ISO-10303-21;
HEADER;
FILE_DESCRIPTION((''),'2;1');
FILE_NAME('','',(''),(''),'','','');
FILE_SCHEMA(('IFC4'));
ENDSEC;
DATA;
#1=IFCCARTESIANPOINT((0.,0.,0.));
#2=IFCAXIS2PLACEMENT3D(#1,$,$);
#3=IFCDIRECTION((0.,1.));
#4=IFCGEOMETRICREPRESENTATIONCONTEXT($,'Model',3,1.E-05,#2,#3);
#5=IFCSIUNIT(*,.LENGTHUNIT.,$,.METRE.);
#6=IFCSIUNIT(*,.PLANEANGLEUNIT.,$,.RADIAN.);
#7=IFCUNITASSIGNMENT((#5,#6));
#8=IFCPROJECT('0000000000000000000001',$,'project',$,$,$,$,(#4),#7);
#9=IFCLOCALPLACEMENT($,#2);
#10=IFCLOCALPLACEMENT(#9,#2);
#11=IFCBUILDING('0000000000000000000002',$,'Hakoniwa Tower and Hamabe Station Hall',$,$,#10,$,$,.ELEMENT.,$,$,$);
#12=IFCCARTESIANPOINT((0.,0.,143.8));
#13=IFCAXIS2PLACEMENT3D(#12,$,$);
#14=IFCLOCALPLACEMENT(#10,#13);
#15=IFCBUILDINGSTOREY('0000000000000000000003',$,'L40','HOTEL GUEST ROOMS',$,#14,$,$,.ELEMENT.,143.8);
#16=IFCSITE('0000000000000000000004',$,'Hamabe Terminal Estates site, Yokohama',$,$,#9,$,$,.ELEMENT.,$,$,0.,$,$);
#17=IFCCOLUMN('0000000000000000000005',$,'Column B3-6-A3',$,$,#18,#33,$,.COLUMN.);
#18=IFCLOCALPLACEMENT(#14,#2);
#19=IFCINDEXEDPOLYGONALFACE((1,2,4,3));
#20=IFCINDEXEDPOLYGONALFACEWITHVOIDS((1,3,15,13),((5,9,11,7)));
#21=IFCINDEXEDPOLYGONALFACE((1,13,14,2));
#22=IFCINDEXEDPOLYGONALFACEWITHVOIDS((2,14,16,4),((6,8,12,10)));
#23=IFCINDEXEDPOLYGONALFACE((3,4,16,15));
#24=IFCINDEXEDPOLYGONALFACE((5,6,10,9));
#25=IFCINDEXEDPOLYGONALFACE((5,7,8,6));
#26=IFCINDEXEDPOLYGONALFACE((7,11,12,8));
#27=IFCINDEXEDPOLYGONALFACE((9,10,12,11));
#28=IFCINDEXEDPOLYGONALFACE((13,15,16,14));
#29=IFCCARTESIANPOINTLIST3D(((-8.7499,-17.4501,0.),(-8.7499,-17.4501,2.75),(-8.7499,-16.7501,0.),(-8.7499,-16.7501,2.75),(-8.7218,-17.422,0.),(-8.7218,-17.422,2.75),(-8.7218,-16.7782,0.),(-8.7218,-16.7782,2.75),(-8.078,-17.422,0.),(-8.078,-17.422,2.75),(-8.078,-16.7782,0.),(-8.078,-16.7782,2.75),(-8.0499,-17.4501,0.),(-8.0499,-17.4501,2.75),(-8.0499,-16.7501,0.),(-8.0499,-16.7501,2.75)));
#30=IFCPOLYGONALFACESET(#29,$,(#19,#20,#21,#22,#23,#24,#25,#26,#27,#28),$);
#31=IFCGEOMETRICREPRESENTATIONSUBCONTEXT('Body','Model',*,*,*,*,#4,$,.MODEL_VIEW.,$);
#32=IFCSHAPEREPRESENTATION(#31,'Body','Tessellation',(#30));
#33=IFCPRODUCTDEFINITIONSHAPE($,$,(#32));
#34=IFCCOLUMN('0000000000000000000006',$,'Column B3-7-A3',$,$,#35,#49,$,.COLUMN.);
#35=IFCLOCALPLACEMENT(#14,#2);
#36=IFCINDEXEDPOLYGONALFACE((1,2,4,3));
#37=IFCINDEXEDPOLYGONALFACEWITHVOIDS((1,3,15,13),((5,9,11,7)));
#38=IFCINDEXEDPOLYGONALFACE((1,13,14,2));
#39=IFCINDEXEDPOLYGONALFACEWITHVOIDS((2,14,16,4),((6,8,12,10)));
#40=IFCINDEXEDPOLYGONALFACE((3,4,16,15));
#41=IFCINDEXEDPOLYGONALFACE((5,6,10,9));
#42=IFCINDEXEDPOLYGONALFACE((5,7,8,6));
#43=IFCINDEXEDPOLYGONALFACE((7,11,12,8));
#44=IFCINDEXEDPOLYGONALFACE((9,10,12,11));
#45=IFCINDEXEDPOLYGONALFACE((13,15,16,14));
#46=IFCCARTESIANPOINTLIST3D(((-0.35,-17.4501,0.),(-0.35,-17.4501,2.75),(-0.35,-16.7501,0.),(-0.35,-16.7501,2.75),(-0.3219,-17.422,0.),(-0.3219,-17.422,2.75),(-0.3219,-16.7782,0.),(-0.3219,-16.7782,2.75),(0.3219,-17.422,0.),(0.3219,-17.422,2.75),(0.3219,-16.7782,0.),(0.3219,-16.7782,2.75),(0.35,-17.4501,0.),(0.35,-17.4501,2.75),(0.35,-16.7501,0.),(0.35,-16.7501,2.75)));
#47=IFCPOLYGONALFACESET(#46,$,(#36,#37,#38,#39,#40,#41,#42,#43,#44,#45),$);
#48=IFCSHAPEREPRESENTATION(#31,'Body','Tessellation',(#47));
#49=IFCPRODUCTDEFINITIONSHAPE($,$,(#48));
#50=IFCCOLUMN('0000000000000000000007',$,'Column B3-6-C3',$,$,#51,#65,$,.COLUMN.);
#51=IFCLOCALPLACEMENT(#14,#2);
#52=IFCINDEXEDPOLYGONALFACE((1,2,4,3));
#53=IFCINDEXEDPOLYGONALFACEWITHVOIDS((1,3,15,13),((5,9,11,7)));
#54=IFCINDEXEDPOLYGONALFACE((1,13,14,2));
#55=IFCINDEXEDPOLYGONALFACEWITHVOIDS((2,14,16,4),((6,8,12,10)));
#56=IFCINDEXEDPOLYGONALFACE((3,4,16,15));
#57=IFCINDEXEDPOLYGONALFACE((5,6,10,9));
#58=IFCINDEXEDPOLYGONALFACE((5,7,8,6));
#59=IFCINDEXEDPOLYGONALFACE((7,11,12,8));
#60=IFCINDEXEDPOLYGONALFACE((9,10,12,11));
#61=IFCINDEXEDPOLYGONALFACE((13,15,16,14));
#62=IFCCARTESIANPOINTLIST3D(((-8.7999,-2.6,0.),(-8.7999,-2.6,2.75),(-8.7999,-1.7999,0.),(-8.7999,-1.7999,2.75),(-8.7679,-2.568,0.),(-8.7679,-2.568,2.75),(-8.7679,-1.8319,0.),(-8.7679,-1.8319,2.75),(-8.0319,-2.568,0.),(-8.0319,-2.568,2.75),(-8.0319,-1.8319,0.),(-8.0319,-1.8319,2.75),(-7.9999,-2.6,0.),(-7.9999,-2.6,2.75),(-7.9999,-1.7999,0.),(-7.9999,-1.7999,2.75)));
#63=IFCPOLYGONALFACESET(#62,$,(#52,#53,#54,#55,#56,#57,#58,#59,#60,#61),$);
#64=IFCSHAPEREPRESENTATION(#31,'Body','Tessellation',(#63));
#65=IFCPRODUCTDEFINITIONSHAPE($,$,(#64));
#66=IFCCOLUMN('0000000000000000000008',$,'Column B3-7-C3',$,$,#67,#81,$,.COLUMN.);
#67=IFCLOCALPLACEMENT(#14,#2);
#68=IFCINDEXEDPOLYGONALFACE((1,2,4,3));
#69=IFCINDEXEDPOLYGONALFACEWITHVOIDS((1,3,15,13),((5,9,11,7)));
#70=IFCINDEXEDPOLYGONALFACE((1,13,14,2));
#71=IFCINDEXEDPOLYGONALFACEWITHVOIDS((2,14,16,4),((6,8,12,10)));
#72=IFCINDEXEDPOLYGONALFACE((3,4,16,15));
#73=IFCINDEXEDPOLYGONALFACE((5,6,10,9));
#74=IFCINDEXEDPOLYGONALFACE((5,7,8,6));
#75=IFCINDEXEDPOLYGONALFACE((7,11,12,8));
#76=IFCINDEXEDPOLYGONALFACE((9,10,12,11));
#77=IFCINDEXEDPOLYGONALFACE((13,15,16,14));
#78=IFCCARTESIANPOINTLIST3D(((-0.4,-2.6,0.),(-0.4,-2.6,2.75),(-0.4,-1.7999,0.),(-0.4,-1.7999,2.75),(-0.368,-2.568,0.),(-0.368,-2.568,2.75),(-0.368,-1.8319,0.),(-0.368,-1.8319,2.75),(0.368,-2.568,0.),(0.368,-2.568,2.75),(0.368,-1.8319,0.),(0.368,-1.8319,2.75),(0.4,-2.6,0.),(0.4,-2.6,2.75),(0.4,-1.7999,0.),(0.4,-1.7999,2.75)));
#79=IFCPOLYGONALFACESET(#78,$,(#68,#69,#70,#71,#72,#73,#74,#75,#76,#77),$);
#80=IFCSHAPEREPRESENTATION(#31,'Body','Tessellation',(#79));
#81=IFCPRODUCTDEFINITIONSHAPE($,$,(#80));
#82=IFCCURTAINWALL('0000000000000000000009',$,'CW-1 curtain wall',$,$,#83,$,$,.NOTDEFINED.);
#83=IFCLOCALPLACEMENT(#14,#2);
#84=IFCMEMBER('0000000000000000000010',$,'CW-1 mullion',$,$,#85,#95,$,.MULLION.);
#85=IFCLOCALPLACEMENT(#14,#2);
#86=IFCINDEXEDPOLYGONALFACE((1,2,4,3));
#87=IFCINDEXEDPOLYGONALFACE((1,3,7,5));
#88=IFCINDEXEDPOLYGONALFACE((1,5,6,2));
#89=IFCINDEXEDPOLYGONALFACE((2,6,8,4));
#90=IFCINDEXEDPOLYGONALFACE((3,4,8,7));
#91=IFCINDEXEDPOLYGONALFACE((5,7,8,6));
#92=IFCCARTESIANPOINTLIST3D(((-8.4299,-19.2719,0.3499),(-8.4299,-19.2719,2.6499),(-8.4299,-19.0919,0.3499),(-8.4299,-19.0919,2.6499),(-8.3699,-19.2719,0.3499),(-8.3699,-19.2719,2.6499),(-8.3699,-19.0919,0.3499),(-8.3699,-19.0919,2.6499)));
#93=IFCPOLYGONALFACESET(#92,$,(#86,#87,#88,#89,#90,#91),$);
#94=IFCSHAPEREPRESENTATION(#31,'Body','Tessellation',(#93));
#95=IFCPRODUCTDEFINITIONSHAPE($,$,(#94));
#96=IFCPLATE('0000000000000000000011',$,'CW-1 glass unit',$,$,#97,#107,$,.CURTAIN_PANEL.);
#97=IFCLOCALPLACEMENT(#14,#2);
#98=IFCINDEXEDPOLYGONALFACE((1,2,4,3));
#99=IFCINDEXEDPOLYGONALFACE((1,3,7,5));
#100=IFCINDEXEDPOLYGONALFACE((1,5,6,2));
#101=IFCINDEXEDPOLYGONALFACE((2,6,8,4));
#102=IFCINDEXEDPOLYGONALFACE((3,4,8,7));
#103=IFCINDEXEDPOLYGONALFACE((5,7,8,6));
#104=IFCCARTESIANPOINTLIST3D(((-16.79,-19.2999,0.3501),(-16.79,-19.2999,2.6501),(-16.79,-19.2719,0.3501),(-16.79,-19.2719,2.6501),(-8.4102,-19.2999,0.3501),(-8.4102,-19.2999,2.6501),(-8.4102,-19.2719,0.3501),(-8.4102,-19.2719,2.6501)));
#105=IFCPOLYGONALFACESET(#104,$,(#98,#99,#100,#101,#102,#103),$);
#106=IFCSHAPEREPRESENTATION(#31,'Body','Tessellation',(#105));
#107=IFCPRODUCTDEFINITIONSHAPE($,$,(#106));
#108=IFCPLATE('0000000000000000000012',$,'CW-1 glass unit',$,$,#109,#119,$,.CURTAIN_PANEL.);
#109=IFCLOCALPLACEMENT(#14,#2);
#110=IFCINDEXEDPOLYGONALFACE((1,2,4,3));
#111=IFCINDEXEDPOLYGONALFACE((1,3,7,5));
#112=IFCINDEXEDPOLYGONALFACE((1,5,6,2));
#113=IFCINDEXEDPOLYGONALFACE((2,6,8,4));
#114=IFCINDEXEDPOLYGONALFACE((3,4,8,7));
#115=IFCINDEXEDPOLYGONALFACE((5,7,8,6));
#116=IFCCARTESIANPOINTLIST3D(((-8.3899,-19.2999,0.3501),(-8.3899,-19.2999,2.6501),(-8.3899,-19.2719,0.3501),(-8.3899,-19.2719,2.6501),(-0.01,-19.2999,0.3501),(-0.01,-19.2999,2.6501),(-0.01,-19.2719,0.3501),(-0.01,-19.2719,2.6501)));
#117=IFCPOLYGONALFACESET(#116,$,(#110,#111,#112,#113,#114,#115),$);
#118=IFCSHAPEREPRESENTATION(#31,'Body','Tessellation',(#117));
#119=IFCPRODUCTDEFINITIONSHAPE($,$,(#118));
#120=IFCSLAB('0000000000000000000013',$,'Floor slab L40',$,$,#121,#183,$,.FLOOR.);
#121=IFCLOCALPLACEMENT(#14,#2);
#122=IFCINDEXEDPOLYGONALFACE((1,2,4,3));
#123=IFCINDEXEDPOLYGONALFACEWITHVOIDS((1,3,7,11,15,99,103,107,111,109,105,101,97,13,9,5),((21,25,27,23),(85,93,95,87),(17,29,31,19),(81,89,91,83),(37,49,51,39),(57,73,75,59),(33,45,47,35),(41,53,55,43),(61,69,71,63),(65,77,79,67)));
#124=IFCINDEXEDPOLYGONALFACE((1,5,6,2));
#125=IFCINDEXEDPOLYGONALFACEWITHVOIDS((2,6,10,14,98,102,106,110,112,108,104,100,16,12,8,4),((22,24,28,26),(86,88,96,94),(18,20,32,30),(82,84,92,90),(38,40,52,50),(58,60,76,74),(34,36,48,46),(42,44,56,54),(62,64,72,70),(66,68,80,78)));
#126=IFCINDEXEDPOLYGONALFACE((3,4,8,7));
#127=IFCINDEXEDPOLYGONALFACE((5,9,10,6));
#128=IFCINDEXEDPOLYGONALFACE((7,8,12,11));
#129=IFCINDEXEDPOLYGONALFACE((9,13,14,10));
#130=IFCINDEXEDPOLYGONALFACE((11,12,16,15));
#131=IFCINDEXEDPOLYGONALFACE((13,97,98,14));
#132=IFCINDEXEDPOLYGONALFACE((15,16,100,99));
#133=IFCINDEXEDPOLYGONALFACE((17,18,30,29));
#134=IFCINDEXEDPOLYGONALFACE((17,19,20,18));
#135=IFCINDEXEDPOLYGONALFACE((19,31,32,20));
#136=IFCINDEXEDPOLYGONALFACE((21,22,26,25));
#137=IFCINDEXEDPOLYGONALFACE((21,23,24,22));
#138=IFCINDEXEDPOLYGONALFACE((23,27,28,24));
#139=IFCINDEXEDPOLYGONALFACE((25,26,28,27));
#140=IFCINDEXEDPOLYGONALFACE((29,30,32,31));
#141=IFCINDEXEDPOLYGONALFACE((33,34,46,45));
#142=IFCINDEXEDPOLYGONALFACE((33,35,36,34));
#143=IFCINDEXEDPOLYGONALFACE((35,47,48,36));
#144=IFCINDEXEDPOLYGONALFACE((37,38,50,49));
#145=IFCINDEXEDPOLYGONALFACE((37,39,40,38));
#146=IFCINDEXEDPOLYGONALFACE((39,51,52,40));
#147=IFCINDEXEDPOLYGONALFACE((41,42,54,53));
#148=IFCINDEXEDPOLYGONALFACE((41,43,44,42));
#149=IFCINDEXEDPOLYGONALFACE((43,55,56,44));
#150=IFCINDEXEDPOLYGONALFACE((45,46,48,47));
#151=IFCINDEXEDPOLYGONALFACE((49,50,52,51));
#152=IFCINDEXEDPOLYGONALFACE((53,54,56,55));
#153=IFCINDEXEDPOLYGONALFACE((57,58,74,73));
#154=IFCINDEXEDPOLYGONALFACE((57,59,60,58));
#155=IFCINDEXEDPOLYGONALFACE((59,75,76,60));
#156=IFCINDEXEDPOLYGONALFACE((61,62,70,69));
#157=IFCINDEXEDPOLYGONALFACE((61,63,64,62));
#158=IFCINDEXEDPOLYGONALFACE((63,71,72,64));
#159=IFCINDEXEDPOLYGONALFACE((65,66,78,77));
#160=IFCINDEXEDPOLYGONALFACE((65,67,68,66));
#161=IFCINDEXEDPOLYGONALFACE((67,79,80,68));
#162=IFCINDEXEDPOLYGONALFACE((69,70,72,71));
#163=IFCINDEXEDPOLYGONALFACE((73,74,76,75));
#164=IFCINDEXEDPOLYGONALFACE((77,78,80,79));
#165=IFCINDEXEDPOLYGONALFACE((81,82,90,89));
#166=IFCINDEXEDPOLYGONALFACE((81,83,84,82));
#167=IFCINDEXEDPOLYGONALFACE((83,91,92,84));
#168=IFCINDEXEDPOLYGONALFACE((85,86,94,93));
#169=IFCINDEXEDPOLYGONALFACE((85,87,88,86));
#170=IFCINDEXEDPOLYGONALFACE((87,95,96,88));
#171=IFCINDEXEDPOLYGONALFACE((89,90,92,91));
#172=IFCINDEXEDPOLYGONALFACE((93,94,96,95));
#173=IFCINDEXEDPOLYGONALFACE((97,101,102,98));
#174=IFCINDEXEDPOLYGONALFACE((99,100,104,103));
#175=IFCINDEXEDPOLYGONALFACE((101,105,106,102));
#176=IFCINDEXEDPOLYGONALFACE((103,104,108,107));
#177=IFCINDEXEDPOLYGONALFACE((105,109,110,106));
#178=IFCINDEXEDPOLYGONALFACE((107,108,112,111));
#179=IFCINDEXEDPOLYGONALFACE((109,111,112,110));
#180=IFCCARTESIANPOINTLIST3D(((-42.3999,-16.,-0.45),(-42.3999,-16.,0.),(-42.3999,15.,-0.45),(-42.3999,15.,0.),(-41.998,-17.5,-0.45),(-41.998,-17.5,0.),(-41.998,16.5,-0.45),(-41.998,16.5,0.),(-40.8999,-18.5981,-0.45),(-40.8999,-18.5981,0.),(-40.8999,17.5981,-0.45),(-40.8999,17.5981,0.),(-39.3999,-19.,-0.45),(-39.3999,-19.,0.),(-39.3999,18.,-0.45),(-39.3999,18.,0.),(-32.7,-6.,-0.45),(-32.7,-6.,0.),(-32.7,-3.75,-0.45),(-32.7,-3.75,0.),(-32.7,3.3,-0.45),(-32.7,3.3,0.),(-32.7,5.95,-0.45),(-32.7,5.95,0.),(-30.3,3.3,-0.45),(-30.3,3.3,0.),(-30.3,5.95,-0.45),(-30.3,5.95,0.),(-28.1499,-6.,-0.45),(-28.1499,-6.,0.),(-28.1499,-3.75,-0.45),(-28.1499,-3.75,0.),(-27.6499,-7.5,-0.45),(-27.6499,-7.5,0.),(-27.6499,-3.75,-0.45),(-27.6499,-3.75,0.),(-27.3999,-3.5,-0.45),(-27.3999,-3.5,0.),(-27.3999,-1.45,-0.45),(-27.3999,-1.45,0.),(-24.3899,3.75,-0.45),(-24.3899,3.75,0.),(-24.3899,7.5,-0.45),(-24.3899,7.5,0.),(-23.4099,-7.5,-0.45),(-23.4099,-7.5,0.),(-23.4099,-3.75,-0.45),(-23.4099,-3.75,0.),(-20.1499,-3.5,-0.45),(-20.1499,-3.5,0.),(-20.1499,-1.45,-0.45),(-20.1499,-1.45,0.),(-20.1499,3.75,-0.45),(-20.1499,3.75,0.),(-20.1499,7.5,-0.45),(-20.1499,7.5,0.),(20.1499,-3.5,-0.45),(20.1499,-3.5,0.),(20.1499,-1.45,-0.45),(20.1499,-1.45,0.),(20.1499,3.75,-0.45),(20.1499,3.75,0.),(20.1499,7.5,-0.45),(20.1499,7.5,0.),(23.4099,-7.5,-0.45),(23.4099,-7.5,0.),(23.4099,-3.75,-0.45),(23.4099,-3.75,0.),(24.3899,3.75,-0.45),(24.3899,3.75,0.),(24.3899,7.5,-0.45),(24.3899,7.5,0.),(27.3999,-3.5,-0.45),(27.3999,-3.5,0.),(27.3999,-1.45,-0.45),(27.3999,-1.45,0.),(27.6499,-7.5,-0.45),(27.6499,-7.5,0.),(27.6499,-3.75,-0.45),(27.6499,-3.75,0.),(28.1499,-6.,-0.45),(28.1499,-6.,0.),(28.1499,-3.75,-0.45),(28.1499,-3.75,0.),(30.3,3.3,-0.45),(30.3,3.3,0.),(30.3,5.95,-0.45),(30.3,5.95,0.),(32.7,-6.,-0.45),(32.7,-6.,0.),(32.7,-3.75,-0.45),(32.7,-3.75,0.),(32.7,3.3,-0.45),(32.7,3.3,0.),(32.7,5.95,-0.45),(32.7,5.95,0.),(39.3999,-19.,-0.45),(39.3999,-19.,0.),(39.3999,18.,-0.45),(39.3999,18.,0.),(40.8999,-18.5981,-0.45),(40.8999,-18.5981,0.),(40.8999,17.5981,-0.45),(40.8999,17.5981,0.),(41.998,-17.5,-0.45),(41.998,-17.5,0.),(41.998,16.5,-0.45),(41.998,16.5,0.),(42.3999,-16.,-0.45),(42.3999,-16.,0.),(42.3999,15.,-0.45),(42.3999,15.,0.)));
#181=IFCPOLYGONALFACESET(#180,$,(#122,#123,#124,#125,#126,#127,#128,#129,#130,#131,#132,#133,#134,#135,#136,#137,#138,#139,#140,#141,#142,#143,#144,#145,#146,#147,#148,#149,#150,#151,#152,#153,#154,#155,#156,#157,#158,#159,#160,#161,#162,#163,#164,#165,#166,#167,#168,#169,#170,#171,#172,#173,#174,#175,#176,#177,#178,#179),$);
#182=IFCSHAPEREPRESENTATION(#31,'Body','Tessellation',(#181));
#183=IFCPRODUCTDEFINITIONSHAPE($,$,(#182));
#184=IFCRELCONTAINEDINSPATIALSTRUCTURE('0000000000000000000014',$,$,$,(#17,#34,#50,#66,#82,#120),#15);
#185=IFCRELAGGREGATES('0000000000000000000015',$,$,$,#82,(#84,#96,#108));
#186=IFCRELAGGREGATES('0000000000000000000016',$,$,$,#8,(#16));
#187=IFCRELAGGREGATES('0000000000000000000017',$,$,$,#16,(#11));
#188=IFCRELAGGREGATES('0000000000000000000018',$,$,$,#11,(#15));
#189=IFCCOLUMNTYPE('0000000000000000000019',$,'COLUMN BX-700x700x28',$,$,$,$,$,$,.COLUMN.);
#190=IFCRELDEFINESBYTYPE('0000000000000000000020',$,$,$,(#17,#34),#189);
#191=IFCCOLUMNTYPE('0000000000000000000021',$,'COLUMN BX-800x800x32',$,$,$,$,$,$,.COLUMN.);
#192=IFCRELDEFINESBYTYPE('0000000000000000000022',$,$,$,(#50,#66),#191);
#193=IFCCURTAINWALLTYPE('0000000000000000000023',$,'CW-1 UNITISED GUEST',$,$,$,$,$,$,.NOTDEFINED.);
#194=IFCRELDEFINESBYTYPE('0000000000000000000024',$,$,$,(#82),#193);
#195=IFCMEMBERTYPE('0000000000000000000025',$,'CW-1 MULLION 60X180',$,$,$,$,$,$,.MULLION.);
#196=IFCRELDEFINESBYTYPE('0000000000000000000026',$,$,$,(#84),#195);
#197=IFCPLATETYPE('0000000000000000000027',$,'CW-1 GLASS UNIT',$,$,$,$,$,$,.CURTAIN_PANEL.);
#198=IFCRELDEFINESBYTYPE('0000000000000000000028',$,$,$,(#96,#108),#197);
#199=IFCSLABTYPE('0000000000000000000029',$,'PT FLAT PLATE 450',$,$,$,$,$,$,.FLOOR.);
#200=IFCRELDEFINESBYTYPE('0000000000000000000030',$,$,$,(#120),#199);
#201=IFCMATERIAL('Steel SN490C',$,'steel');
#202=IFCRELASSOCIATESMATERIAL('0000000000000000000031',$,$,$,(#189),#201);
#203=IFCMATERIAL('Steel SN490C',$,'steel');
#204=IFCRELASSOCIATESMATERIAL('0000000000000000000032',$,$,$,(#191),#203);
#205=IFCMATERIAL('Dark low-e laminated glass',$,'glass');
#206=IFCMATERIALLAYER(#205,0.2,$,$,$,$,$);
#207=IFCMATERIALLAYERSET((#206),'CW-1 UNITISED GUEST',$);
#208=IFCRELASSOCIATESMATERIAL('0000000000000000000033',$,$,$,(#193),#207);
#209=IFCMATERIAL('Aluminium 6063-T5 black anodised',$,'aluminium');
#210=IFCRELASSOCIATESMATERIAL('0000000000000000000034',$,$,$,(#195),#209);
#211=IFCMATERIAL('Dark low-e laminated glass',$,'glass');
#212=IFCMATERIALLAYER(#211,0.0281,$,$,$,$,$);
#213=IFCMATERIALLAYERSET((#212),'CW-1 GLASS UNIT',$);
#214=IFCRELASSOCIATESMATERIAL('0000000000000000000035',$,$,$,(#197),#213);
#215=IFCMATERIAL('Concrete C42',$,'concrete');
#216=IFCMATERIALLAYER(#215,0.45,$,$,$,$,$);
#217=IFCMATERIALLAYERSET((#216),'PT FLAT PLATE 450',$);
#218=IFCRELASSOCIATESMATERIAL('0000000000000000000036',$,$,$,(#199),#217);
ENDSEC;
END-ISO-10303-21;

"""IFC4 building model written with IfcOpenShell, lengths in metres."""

from ifc_helpers import new_model, si_unit, direction, frame, origin, origin_2d, place, context, subcontext, project, spatial, polyline, rectangle, hollow_rectangle, outline, extrude, material, layer, layer_set, material_profile, profile_set, type_object, element, aggregate, save


model = new_model("IFC4")

# Units and contexts
model_context = context("Model", 3, precision=1e-05, world=origin(), true_north=direction((0.0, 1.0)))
body_context = subcontext(model_context, "Body", "Model", "MODEL_VIEW")
ifc_project = project(units=[si_unit("LENGTHUNIT", "METRE"), si_unit("PLANEANGLEUNIT", "RADIAN")], contexts=[model_context])

# Site, building, storey
site_placement = place(None, origin())
site = spatial("IfcSite", under=ifc_project, at=site_placement, Name="Hamabe Terminal Estates site, Yokohama", CompositionType="ELEMENT", RefElevation=0.0)
building_placement = place(site_placement, origin())
building = spatial("IfcBuilding", under=site, at=building_placement, Name="Hakoniwa Tower and Hamabe Station Hall", CompositionType="ELEMENT")
storey_placement = place(building_placement, frame((0.0, 0.0, 143.8)))
storey = spatial("IfcBuildingStorey", under=building, at=storey_placement, Name="L40", Description="HOTEL GUEST ROOMS", CompositionType="ELEMENT", Elevation=143.8)

# Columns
ifc_material_1 = material(Name="Steel SN490C", Category="steel")
ifc_material_profile_1 = material_profile(ifc_material_1, hollow_rectangle(XDim=0.7, YDim=0.7, WallThickness=0.0281, at=origin_2d()), Name="BX-700x700x28")
ifc_profile_set_1 = profile_set([ifc_material_profile_1], Name="Steel SN490C")
column_type_1 = type_object("IfcColumnType", Name="COLUMN BX-700x700x28", PredefinedType="COLUMN", material=ifc_profile_set_1)
for number, where, z_axis, x_axis, name in (
    (1, (-8.3999, -17.1001, 0.0), (0.0, 0.0, 1.0), (1.0, 0.0, 0.0), "Column B3-6-A3"),
    (2, (0.0, -17.1001, 0.0), (0.0, 0.0, 1.0), (1.0, 0.0, 0.0), "Column B3-7-A3"),
):
    element("IfcColumn", number, at=place(storey_placement, frame(where, z_axis=z_axis, x_axis=x_axis)), inside=storey, type_object=column_type_1, Name=name, PredefinedType="COLUMN", context=body_context, shape_type="SweptSolid", body=[
        extrude(hollow_rectangle(XDim=0.7, YDim=0.7, WallThickness=0.0281, at=origin_2d()), origin(), (0.0, 0.0, 1.0), 2.75),
    ])
ifc_material_2 = material(Name="Steel SN490C", Category="steel")
ifc_material_profile_2 = material_profile(ifc_material_2, hollow_rectangle(XDim=0.8, YDim=0.8, WallThickness=0.032, at=origin_2d()), Name="BX-800x800x32")
ifc_profile_set_2 = profile_set([ifc_material_profile_2], Name="Steel SN490C")
column_type_2 = type_object("IfcColumnType", Name="COLUMN BX-800x800x32", PredefinedType="COLUMN", material=ifc_profile_set_2)
for number, where, z_axis, x_axis, name in (
    (3, (-8.3999, -2.2, 0.0), (0.0, 0.0, 1.0), (1.0, 0.0, 0.0), "Column B3-6-C3"),
    (4, (0.0, -2.2, 0.0), (0.0, 0.0, 1.0), (1.0, 0.0, 0.0), "Column B3-7-C3"),
):
    element("IfcColumn", number, at=place(storey_placement, frame(where, z_axis=z_axis, x_axis=x_axis)), inside=storey, type_object=column_type_2, Name=name, PredefinedType="COLUMN", context=body_context, shape_type="SweptSolid", body=[
        extrude(hollow_rectangle(XDim=0.8, YDim=0.8, WallThickness=0.032, at=origin_2d()), origin(), (0.0, 0.0, 1.0), 2.75),
    ])

# Curtain wall, member, plates
ifc_material_3 = material(Name="Dark low-e laminated glass", Category="glass")
ifc_layer_1 = layer(ifc_material_3, 0.2)
ifc_layer_set_1 = layer_set([ifc_layer_1], Name="CW-1 UNITISED GUEST")
curtain_wall_type = type_object("IfcCurtainWallType", Name="CW-1 UNITISED GUEST", PredefinedType="NOTDEFINED", material=ifc_layer_set_1)
curtain_wall_placement = place(storey_placement, origin())
curtain_wall = element("IfcCurtainWall", 5, at=curtain_wall_placement, inside=storey, type_object=curtain_wall_type, Name="CW-1 curtain wall", PredefinedType="NOTDEFINED")
ifc_material_4 = material(Name="Aluminium 6063-T5 black anodised", Category="aluminium")
ifc_material_profile_3 = material_profile(ifc_material_4, rectangle(XDim=0.0601, YDim=0.1799, at=origin_2d()), Name="CW-1 MULLION 60X180")
ifc_profile_set_3 = profile_set([ifc_material_profile_3], Name="Aluminium 6063-T5 black anodised")
member_type = type_object("IfcMemberType", Name="CW-1 MULLION 60X180", PredefinedType="MULLION", material=ifc_profile_set_3)
member_placement = place(storey_placement, frame((-8.3999, -19.1819, 0.3499), z_axis=(0.0, 0.0, 1.0), x_axis=(1.0, 0.0, 0.0)))
member = element("IfcMember", 6, at=member_placement, type_object=member_type, Name="CW-1 mullion", PredefinedType="MULLION", context=body_context, shape_type="SweptSolid", body=[
    extrude(rectangle(XDim=0.0601, YDim=0.1799, at=origin_2d()), origin(), (0.0, 0.0, 1.0), 2.3),
])
ifc_material_5 = material(Name="Dark low-e laminated glass", Category="glass")
ifc_layer_2 = layer(ifc_material_5, 0.0281)
ifc_layer_set_2 = layer_set([ifc_layer_2], Name="CW-1 GLASS UNIT")
plate_type = type_object("IfcPlateType", Name="CW-1 GLASS UNIT", PredefinedType="CURTAIN_PANEL", material=ifc_layer_set_2)
plate_1_placement = place(storey_placement, frame((-12.6001, -19.2859, 0.3501), z_axis=(0.0, 0.0, 1.0), x_axis=(1.0, 0.0, 0.0)))
plate_1 = element("IfcPlate", 7, at=plate_1_placement, type_object=plate_type, Name="CW-1 glass unit", PredefinedType="CURTAIN_PANEL", context=body_context, shape_type="SweptSolid", body=[
    extrude(rectangle(XDim=8.3799, YDim=0.0281, at=origin_2d()), origin(), (0.0, 0.0, 1.0), 2.3),
])
plate_2_placement = place(storey_placement, frame((-4.2, -19.2859, 0.3501), z_axis=(0.0, 0.0, 1.0), x_axis=(1.0, 0.0, 0.0)))
plate_2 = element("IfcPlate", 8, at=plate_2_placement, type_object=plate_type, Name="CW-1 glass unit", PredefinedType="CURTAIN_PANEL", context=body_context, shape_type="SweptSolid", body=[
    extrude(rectangle(XDim=8.3799, YDim=0.0281, at=origin_2d()), origin(), (0.0, 0.0, 1.0), 2.3),
])
aggregate(curtain_wall, [member, plate_1, plate_2])

# Slab
ifc_material_6 = material(Name="Concrete C42", Category="concrete")
ifc_layer_3 = layer(ifc_material_6, 0.45)
ifc_layer_set_3 = layer_set([ifc_layer_3], Name="PT FLAT PLATE 450")
slab_type = type_object("IfcSlabType", Name="PT FLAT PLATE 450", PredefinedType="FLOOR", material=ifc_layer_set_3)
slab_placement = place(storey_placement, frame((0.0, 0.0, -0.45)))
element("IfcSlab", 9, at=slab_placement, inside=storey, type_object=slab_type, Name="Floor slab L40", PredefinedType="FLOOR", context=body_context, shape_type="SweptSolid", body=[
    extrude(outline(polyline([(42.3999, -16.0), (42.3999, 15.0), (41.998, 16.5), (40.8999, 17.5981), (39.3999, 18.0), (-39.3999, 18.0), (-40.8999, 17.5981), (-41.998, 16.5), (-42.3999, 15.0), (-42.3999, -16.0), (-41.998, -17.5), (-40.8999, -18.5981), (-39.3999, -19.0), (39.3999, -19.0), (40.8999, -18.5981), (41.998, -17.5), (42.3999, -16.0)]), holes=[polyline([(-27.3999, -3.5), (-27.3999, -1.45), (-20.1499, -1.45), (-20.1499, -3.5), (-27.3999, -3.5)]), polyline([(-32.7, 3.3), (-32.7, 5.95), (-30.3, 5.95), (-30.3, 3.3), (-32.7, 3.3)]), polyline([(-32.7, -6.0), (-32.7, -3.75), (-28.1499, -3.75), (-28.1499, -6.0), (-32.7, -6.0)]), polyline([(-24.3899, 3.75), (-24.3899, 7.5), (-20.1499, 7.5), (-20.1499, 3.75), (-24.3899, 3.75)]), polyline([(-27.6499, -7.5), (-27.6499, -3.75), (-23.4099, -3.75), (-23.4099, -7.5), (-27.6499, -7.5)]), polyline([(20.1499, -3.5), (20.1499, -1.45), (27.3999, -1.45), (27.3999, -3.5), (20.1499, -3.5)]), polyline([(30.3, 3.3), (30.3, 5.95), (32.7, 5.95), (32.7, 3.3), (30.3, 3.3)]), polyline([(28.1499, -6.0), (28.1499, -3.75), (32.7, -3.75), (32.7, -6.0), (28.1499, -6.0)]), polyline([(20.1499, 3.75), (20.1499, 7.5), (24.3899, 7.5), (24.3899, 3.75), (20.1499, 3.75)]), polyline([(23.4099, -7.5), (23.4099, -3.75), (27.6499, -3.75), (27.6499, -7.5), (23.4099, -7.5)])]), origin(), (0.0, 0.0, 1.0), 0.45),
])

save(model, "model.ifc")
